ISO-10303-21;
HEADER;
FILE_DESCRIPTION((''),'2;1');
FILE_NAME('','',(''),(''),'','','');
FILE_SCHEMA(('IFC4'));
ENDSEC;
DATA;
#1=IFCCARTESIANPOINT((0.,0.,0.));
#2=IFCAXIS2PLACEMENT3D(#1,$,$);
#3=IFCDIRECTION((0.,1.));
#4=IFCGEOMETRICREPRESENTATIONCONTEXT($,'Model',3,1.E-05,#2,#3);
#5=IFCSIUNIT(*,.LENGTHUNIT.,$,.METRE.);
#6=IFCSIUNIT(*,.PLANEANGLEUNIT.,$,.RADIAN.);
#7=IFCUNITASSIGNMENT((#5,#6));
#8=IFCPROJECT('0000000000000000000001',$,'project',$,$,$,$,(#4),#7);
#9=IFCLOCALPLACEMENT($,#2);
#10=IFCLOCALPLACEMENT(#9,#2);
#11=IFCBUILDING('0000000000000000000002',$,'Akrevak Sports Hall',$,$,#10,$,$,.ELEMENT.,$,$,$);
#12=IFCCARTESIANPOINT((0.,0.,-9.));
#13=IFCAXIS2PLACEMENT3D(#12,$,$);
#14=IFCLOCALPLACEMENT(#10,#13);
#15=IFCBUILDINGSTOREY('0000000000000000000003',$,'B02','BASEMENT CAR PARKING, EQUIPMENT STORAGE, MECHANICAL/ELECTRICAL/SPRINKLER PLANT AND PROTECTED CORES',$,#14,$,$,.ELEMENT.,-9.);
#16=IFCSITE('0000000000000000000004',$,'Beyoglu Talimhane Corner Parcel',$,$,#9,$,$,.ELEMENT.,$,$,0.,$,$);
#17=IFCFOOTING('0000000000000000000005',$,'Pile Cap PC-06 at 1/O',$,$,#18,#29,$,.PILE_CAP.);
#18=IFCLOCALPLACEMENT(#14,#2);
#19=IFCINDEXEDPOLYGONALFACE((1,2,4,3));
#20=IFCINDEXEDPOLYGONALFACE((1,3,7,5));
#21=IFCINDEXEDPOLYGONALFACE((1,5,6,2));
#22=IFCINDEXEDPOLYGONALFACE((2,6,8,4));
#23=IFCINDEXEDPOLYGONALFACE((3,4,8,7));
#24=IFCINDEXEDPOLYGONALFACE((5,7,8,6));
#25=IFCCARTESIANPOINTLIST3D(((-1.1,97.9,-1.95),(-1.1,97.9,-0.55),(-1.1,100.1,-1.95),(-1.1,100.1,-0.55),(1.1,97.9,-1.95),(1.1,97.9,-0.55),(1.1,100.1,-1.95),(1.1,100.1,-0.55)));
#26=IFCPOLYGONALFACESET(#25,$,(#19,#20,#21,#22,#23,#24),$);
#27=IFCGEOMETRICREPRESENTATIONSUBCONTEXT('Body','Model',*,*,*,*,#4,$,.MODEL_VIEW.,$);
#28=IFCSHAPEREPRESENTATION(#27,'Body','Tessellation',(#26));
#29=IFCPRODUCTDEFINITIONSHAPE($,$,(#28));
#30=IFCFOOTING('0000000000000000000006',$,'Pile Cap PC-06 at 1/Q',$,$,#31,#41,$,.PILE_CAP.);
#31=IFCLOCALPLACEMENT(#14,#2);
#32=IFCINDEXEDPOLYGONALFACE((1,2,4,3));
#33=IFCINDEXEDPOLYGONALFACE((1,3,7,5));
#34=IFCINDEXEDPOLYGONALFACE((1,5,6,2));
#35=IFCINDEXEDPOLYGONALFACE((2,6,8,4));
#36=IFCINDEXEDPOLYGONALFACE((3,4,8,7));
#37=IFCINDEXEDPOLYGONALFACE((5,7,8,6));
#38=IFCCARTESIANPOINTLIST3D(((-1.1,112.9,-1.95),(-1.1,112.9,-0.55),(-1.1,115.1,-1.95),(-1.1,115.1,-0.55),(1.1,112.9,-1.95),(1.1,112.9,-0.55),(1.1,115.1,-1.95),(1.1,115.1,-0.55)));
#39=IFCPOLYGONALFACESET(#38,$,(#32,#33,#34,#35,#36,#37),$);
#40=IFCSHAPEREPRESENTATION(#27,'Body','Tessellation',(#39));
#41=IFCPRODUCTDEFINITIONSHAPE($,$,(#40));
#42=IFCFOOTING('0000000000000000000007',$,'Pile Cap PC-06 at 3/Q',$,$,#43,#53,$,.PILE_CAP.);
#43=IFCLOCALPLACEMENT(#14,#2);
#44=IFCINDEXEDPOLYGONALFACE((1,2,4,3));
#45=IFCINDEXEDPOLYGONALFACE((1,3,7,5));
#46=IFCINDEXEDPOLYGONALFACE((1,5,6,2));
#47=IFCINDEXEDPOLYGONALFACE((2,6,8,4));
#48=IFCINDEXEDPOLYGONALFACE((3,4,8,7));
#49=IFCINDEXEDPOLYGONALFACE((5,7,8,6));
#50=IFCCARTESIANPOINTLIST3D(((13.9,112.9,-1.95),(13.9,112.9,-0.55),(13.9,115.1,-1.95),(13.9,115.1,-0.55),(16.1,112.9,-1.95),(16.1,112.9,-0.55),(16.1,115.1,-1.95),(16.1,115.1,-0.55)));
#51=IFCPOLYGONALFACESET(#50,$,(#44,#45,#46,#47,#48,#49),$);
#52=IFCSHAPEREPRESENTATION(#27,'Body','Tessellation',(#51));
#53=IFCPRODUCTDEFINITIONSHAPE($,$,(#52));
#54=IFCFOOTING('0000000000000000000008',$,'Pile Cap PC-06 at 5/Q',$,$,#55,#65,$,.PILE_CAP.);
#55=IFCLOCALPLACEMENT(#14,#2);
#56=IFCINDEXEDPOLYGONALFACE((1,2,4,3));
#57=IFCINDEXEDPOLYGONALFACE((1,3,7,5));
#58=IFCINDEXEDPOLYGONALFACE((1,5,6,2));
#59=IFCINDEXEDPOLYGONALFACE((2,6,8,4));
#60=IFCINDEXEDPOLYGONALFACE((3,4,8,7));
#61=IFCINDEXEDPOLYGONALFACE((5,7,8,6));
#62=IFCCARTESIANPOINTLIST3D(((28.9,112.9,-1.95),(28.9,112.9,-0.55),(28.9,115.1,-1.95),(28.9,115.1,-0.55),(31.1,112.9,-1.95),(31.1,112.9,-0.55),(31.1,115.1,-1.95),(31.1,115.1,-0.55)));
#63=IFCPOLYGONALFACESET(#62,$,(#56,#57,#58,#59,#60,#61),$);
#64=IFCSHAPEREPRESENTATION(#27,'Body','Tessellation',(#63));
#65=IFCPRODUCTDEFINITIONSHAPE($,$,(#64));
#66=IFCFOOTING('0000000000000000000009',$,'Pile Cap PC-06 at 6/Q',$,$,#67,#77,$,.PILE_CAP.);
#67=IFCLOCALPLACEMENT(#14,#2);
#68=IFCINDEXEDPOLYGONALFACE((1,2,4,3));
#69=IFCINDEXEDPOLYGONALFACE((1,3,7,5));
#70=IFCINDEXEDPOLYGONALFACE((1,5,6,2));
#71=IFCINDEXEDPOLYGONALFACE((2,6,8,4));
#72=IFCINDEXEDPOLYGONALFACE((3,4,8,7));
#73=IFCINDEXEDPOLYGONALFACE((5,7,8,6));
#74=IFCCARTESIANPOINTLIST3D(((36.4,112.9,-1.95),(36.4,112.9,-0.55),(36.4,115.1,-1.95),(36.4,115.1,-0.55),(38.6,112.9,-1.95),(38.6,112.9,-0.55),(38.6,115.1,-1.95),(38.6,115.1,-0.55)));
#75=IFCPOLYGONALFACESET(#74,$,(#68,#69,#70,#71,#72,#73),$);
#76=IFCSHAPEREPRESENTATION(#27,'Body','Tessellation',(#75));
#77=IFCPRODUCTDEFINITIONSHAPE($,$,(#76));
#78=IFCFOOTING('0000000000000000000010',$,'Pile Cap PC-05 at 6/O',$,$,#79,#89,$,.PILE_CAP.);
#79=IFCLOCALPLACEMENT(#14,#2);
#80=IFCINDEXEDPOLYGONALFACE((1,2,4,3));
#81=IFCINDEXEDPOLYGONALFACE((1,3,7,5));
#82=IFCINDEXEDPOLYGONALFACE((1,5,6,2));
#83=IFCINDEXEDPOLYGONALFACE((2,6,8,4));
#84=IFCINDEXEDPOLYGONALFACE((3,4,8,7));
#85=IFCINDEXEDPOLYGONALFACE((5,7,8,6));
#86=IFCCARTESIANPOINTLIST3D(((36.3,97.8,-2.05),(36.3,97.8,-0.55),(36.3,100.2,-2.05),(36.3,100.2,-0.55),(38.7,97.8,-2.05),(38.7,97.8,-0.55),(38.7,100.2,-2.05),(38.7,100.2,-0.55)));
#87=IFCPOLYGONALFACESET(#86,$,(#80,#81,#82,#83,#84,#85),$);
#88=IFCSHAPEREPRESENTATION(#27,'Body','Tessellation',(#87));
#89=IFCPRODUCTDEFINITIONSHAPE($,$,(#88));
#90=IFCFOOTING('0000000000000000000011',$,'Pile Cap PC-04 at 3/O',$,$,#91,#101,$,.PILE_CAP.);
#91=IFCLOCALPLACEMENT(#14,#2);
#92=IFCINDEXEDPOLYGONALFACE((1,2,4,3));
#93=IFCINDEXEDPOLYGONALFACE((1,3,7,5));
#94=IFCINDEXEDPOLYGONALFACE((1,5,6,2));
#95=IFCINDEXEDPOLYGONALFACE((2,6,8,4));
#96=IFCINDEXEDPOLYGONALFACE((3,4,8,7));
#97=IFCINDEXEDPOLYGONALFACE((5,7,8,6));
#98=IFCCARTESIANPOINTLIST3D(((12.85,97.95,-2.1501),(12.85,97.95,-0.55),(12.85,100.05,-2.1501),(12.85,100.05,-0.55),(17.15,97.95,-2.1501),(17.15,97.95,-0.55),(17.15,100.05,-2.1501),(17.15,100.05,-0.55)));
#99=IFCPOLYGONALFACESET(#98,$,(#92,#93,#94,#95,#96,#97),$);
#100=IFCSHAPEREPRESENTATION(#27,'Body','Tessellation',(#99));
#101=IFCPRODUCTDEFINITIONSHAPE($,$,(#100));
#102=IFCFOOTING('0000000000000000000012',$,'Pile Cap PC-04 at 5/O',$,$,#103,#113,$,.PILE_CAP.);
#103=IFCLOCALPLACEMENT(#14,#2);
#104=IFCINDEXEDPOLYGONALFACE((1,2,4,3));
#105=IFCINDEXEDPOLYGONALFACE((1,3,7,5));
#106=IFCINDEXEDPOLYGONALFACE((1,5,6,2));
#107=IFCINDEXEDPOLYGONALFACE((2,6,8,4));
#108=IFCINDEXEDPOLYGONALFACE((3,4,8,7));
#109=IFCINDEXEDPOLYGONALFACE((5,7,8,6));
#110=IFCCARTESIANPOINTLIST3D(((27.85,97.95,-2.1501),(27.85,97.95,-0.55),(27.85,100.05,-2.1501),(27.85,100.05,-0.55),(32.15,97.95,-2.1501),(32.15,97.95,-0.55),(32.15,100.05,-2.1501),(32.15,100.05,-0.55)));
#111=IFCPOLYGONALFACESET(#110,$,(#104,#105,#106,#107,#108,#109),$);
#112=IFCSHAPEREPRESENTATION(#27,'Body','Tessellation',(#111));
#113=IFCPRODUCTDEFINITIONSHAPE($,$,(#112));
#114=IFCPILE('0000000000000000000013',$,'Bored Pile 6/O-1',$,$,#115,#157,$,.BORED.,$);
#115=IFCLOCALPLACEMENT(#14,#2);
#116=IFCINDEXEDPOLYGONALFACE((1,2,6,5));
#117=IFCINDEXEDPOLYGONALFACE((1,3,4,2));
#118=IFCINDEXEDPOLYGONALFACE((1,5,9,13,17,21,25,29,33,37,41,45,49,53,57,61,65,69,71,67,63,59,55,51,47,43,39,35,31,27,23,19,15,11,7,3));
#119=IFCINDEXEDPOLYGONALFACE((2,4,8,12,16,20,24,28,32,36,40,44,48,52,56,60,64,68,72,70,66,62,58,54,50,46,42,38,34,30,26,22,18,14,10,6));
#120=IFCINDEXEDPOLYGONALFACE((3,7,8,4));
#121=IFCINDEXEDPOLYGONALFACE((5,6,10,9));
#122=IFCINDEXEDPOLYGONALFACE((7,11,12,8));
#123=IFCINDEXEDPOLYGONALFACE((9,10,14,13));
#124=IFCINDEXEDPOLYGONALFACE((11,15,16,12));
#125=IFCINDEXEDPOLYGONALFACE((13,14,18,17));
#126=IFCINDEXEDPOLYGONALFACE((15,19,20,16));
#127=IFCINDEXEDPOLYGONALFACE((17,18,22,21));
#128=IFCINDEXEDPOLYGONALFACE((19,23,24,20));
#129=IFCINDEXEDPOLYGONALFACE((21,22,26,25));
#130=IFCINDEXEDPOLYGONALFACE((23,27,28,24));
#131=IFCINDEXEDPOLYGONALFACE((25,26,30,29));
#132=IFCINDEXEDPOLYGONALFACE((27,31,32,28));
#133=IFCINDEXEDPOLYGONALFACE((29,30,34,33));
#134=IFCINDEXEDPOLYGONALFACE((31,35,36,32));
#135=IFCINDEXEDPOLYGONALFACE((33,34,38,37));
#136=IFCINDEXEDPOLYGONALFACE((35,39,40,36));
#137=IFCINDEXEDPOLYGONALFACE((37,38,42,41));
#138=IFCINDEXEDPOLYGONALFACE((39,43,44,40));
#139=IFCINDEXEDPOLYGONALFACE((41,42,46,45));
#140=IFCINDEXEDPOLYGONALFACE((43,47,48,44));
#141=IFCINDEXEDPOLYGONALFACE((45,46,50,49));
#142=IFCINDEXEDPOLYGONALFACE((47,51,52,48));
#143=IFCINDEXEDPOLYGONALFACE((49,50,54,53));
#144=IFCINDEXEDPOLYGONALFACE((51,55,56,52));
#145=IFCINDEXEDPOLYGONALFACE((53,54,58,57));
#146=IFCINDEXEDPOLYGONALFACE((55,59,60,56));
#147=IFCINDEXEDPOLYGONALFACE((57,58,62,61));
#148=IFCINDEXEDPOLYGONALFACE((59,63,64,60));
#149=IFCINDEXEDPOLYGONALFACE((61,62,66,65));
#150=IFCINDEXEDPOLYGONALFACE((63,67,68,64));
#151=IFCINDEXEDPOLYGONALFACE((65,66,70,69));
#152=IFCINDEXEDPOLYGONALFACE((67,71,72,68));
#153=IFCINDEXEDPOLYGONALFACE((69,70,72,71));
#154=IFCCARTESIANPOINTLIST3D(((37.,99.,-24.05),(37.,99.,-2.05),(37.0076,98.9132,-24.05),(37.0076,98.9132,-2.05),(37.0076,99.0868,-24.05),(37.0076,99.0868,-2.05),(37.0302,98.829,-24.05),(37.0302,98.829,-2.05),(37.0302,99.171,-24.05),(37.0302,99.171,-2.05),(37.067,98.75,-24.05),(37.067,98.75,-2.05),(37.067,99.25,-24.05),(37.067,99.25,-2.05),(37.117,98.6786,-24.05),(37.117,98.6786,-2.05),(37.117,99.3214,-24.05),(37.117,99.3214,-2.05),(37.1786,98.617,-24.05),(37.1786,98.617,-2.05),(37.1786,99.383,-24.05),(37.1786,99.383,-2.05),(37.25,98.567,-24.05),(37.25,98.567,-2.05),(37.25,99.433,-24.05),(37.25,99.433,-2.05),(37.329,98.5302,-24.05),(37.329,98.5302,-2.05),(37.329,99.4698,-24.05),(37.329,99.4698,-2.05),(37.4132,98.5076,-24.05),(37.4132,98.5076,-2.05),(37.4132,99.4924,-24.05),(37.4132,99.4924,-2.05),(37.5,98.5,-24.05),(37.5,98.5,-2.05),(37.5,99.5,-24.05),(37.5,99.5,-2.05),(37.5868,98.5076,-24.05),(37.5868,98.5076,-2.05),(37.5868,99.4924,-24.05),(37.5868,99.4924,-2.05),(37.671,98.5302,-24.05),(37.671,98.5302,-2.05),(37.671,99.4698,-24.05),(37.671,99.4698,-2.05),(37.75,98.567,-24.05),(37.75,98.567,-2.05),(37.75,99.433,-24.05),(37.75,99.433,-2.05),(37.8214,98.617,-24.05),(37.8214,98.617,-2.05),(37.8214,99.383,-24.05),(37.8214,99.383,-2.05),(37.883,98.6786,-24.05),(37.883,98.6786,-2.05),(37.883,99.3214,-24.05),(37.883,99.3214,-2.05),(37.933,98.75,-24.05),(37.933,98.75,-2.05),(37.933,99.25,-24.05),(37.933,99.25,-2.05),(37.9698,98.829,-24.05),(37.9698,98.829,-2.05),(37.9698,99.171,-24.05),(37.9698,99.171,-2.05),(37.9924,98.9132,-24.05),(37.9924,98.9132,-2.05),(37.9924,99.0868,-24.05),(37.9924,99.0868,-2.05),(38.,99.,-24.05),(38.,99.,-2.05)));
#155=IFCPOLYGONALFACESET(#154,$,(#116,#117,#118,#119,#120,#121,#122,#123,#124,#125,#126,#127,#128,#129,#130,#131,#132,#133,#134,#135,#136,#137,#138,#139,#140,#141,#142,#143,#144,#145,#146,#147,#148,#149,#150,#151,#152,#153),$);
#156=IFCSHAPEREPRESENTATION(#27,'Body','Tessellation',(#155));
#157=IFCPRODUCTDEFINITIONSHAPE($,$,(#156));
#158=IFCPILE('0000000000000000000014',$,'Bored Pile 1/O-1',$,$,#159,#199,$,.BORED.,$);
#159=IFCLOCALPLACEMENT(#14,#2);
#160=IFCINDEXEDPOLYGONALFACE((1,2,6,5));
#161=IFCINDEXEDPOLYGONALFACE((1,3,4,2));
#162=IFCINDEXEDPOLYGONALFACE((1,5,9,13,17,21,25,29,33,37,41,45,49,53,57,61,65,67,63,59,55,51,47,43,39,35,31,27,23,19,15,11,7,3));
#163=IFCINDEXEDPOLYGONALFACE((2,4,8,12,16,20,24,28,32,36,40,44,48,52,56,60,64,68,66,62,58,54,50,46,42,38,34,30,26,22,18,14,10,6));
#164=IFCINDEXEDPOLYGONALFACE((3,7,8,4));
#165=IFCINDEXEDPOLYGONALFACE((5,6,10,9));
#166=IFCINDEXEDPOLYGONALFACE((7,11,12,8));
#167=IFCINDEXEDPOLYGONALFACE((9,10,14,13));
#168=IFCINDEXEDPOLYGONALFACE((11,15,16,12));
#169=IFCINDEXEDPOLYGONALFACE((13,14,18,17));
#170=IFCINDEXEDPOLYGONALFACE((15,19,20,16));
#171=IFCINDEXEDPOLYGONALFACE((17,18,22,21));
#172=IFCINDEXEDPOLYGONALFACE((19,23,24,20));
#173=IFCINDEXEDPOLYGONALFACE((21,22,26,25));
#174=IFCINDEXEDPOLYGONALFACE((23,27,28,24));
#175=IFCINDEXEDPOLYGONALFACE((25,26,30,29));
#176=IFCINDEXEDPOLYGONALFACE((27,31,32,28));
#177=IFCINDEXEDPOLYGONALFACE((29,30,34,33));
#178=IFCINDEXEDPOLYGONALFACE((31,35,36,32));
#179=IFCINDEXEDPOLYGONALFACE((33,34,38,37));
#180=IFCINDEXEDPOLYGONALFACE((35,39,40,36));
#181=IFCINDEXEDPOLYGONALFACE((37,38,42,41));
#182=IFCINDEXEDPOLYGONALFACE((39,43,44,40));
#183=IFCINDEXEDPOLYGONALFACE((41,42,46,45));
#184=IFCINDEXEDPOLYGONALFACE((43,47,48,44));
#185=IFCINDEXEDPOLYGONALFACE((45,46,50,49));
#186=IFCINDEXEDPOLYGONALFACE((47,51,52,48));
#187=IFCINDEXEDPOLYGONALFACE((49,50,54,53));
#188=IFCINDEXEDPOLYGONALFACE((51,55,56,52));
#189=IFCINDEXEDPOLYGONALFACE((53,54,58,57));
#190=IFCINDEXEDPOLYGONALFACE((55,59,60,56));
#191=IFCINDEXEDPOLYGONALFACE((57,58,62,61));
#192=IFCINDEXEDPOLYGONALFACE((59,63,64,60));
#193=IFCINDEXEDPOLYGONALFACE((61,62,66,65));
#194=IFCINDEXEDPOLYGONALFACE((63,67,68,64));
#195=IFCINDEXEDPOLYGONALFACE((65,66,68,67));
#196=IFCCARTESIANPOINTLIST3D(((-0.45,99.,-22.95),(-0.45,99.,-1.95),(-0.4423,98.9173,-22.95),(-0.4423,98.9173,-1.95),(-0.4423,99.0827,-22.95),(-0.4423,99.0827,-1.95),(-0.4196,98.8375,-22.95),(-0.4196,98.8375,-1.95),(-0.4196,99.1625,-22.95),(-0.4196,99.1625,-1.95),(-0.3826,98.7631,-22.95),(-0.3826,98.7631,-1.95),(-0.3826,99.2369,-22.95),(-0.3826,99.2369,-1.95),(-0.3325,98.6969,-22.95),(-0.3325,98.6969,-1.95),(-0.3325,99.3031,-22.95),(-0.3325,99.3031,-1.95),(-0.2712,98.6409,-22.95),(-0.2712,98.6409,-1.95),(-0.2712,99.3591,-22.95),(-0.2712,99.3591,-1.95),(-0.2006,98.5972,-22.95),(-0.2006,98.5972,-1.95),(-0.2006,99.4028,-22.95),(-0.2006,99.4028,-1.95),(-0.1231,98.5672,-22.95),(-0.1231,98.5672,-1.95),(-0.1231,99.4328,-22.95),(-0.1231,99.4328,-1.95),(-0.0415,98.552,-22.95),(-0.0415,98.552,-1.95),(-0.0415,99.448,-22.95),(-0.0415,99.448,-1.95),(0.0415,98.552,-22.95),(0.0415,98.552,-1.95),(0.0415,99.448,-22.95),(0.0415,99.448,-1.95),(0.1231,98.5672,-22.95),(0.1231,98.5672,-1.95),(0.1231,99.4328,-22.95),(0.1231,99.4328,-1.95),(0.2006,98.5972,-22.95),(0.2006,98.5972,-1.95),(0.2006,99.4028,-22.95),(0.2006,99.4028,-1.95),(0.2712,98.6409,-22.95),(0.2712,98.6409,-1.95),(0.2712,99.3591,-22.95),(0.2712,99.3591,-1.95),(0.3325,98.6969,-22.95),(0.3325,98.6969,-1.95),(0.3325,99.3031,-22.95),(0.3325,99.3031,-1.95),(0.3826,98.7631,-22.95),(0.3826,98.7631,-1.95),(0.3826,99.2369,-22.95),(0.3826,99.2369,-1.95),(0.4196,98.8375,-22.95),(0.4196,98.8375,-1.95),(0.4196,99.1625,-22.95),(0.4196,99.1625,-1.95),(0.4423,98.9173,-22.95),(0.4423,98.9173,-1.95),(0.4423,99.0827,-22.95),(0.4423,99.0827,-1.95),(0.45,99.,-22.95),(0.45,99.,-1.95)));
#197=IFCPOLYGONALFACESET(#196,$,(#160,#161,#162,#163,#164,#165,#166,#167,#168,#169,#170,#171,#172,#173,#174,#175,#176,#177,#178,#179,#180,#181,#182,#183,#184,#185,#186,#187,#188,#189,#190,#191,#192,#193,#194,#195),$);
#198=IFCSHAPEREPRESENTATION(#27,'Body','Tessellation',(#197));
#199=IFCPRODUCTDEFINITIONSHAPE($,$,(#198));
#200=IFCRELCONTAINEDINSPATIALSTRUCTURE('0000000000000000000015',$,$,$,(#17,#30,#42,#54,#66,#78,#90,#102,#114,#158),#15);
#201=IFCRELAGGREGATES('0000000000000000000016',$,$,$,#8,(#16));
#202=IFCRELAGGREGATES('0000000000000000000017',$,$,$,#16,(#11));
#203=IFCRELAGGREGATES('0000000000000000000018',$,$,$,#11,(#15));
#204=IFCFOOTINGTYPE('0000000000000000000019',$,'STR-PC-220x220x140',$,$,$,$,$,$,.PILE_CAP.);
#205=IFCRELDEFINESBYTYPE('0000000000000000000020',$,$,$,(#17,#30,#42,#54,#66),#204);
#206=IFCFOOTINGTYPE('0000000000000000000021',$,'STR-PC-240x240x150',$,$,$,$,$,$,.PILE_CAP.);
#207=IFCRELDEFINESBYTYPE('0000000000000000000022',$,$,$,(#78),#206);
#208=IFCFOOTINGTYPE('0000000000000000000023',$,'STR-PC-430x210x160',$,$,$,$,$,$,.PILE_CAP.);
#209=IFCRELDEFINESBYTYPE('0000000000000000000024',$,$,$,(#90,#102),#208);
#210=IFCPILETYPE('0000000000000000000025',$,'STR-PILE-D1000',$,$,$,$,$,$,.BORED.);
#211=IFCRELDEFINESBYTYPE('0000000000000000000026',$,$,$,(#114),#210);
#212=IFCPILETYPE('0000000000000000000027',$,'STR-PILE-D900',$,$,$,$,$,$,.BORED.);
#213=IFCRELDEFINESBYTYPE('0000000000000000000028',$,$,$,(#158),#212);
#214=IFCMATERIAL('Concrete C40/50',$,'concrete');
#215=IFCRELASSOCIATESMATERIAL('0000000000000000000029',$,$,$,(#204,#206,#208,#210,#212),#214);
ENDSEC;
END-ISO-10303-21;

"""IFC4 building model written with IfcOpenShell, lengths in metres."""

from ifc_helpers import new_model, si_unit, direction, frame, origin, origin_2d, place, context, subcontext, project, spatial, rectangle, circle, extrude, material, material_profile, profile_set, type_object, element, save


model = new_model("IFC4")

# Units and contexts
model_context = context("Model", 3, precision=1e-05, world=origin(), true_north=direction((0.0, 1.0)))
body_context = subcontext(model_context, "Body", "Model", "MODEL_VIEW")
ifc_project = project(units=[si_unit("LENGTHUNIT", "METRE"), si_unit("PLANEANGLEUNIT", "RADIAN")], contexts=[model_context])

# Site, building, storey
site_placement = place(None, origin())
site = spatial("IfcSite", under=ifc_project, at=site_placement, Name="Beyoglu Talimhane Corner Parcel", CompositionType="ELEMENT", RefElevation=0.0)
building_placement = place(site_placement, origin())
building = spatial("IfcBuilding", under=site, at=building_placement, Name="Akrevak Sports Hall", CompositionType="ELEMENT")
storey_placement = place(building_placement, frame((0.0, 0.0, -9.0)))
storey = spatial("IfcBuildingStorey", under=building, at=storey_placement, Name="B02", Description="BASEMENT CAR PARKING, EQUIPMENT STORAGE, MECHANICAL/ELECTRICAL/SPRINKLER PLANT AND PROTECTED CORES", CompositionType="ELEMENT", Elevation=-9.0)

# Footings
ifc_material_1 = material(Name="Concrete C40/50", Category="concrete")
footing_type_1 = type_object("IfcFootingType", Name="STR-PC-220x220x140", PredefinedType="PILE_CAP", material=ifc_material_1)
for number, where, z_axis, x_axis, name in (
    (1, (0.0, 99.0, -1.95), (0.0, 0.0, 1.0), (1.0, 0.0, 0.0), "Pile Cap PC-06 at 1/O"),
    (2, (0.0, 114.0, -1.95), (0.0, 0.0, 1.0), (1.0, 0.0, 0.0), "Pile Cap PC-06 at 1/Q"),
    (3, (15.0, 114.0, -1.95), (0.0, 0.0, 1.0), (1.0, 0.0, 0.0), "Pile Cap PC-06 at 3/Q"),
    (4, (30.0, 114.0, -1.95), (0.0, 0.0, 1.0), (1.0, 0.0, 0.0), "Pile Cap PC-06 at 5/Q"),
    (5, (37.5, 114.0, -1.95), (0.0, 0.0, 1.0), (1.0, 0.0, 0.0), "Pile Cap PC-06 at 6/Q"),
):
    element("IfcFooting", number, at=place(storey_placement, frame(where, z_axis=z_axis, x_axis=x_axis)), inside=storey, type_object=footing_type_1, Name=name, PredefinedType="PILE_CAP", context=body_context, shape_type="SweptSolid", body=[
        extrude(rectangle(XDim=2.2, YDim=2.2, at=origin_2d()), origin(), (0.0, 0.0, 1.0), 1.3999),
    ])
footing_type_2 = type_object("IfcFootingType", Name="STR-PC-240x240x150", PredefinedType="PILE_CAP", material=ifc_material_1)
footing_placement = place(storey_placement, frame((37.5, 99.0, -2.05), z_axis=(0.0, 0.0, 1.0), x_axis=(1.0, 0.0, 0.0)))
element("IfcFooting", 6, at=footing_placement, inside=storey, type_object=footing_type_2, Name="Pile Cap PC-05 at 6/O", PredefinedType="PILE_CAP", context=body_context, shape_type="SweptSolid", body=[
    extrude(rectangle(XDim=2.3999, YDim=2.3999, at=origin_2d()), origin(), (0.0, 0.0, 1.0), 1.5),
])
footing_type_3 = type_object("IfcFootingType", Name="STR-PC-430x210x160", PredefinedType="PILE_CAP", material=ifc_material_1)
for number, where, z_axis, x_axis, name in (
    (7, (15.0, 99.0, -2.1501), (0.0, 0.0, 1.0), (1.0, 0.0, 0.0), "Pile Cap PC-04 at 3/O"),
    (8, (30.0, 99.0, -2.1501), (0.0, 0.0, 1.0), (1.0, 0.0, 0.0), "Pile Cap PC-04 at 5/O"),
):
    element("IfcFooting", number, at=place(storey_placement, frame(where, z_axis=z_axis, x_axis=x_axis)), inside=storey, type_object=footing_type_3, Name=name, PredefinedType="PILE_CAP", context=body_context, shape_type="SweptSolid", body=[
        extrude(rectangle(XDim=4.3, YDim=2.1001, at=origin_2d()), origin(), (0.0, 0.0, 1.0), 1.6001),
    ])

# Piles
ifc_material_profile_1 = material_profile(ifc_material_1, circle(Radius=0.5, at=origin_2d()), Name="BORED PILE D1000", Category="concrete")
ifc_profile_set_1 = profile_set([ifc_material_profile_1], Name="Concrete C40/50")
pile_type_1 = type_object("IfcPileType", Name="STR-PILE-D1000", PredefinedType="BORED", material=ifc_profile_set_1)
pile_placement = place(storey_placement, frame((37.5, 99.0, -2.05), z_axis=(0.0, 0.0, -1.0), x_axis=(1.0, 0.0, 0.0)))
element("IfcPile", 9, at=pile_placement, inside=storey, type_object=pile_type_1, Name="Bored Pile 6/O-1", PredefinedType="BORED", context=body_context, shape_type="SweptSolid", body=[
    extrude(circle(Radius=0.5, at=origin_2d()), origin(), (0.0, 0.0, 1.0), 22.0),
])
ifc_material_profile_2 = material_profile(ifc_material_1, circle(Radius=0.45, at=origin_2d()), Name="BORED PILE D900", Category="concrete")
ifc_profile_set_2 = profile_set([ifc_material_profile_2], Name="Concrete C40/50")
pile_type_2 = type_object("IfcPileType", Name="STR-PILE-D900", PredefinedType="BORED", material=ifc_profile_set_2)
for number, where, z_axis, x_axis, name in (
    (10, (0.0, 99.0, -1.95), (0.0, 0.0, -1.0), (1.0, 0.0, 0.0), "Bored Pile 1/O-1"),
):
    element("IfcPile", number, at=place(storey_placement, frame(where, z_axis=z_axis, x_axis=x_axis)), inside=storey, type_object=pile_type_2, Name=name, PredefinedType="BORED", context=body_context, shape_type="SweptSolid", body=[
        extrude(circle(Radius=0.45, at=origin_2d()), origin(), (0.0, 0.0, 1.0), 21.0),
    ])

save(model, "model.ifc")
